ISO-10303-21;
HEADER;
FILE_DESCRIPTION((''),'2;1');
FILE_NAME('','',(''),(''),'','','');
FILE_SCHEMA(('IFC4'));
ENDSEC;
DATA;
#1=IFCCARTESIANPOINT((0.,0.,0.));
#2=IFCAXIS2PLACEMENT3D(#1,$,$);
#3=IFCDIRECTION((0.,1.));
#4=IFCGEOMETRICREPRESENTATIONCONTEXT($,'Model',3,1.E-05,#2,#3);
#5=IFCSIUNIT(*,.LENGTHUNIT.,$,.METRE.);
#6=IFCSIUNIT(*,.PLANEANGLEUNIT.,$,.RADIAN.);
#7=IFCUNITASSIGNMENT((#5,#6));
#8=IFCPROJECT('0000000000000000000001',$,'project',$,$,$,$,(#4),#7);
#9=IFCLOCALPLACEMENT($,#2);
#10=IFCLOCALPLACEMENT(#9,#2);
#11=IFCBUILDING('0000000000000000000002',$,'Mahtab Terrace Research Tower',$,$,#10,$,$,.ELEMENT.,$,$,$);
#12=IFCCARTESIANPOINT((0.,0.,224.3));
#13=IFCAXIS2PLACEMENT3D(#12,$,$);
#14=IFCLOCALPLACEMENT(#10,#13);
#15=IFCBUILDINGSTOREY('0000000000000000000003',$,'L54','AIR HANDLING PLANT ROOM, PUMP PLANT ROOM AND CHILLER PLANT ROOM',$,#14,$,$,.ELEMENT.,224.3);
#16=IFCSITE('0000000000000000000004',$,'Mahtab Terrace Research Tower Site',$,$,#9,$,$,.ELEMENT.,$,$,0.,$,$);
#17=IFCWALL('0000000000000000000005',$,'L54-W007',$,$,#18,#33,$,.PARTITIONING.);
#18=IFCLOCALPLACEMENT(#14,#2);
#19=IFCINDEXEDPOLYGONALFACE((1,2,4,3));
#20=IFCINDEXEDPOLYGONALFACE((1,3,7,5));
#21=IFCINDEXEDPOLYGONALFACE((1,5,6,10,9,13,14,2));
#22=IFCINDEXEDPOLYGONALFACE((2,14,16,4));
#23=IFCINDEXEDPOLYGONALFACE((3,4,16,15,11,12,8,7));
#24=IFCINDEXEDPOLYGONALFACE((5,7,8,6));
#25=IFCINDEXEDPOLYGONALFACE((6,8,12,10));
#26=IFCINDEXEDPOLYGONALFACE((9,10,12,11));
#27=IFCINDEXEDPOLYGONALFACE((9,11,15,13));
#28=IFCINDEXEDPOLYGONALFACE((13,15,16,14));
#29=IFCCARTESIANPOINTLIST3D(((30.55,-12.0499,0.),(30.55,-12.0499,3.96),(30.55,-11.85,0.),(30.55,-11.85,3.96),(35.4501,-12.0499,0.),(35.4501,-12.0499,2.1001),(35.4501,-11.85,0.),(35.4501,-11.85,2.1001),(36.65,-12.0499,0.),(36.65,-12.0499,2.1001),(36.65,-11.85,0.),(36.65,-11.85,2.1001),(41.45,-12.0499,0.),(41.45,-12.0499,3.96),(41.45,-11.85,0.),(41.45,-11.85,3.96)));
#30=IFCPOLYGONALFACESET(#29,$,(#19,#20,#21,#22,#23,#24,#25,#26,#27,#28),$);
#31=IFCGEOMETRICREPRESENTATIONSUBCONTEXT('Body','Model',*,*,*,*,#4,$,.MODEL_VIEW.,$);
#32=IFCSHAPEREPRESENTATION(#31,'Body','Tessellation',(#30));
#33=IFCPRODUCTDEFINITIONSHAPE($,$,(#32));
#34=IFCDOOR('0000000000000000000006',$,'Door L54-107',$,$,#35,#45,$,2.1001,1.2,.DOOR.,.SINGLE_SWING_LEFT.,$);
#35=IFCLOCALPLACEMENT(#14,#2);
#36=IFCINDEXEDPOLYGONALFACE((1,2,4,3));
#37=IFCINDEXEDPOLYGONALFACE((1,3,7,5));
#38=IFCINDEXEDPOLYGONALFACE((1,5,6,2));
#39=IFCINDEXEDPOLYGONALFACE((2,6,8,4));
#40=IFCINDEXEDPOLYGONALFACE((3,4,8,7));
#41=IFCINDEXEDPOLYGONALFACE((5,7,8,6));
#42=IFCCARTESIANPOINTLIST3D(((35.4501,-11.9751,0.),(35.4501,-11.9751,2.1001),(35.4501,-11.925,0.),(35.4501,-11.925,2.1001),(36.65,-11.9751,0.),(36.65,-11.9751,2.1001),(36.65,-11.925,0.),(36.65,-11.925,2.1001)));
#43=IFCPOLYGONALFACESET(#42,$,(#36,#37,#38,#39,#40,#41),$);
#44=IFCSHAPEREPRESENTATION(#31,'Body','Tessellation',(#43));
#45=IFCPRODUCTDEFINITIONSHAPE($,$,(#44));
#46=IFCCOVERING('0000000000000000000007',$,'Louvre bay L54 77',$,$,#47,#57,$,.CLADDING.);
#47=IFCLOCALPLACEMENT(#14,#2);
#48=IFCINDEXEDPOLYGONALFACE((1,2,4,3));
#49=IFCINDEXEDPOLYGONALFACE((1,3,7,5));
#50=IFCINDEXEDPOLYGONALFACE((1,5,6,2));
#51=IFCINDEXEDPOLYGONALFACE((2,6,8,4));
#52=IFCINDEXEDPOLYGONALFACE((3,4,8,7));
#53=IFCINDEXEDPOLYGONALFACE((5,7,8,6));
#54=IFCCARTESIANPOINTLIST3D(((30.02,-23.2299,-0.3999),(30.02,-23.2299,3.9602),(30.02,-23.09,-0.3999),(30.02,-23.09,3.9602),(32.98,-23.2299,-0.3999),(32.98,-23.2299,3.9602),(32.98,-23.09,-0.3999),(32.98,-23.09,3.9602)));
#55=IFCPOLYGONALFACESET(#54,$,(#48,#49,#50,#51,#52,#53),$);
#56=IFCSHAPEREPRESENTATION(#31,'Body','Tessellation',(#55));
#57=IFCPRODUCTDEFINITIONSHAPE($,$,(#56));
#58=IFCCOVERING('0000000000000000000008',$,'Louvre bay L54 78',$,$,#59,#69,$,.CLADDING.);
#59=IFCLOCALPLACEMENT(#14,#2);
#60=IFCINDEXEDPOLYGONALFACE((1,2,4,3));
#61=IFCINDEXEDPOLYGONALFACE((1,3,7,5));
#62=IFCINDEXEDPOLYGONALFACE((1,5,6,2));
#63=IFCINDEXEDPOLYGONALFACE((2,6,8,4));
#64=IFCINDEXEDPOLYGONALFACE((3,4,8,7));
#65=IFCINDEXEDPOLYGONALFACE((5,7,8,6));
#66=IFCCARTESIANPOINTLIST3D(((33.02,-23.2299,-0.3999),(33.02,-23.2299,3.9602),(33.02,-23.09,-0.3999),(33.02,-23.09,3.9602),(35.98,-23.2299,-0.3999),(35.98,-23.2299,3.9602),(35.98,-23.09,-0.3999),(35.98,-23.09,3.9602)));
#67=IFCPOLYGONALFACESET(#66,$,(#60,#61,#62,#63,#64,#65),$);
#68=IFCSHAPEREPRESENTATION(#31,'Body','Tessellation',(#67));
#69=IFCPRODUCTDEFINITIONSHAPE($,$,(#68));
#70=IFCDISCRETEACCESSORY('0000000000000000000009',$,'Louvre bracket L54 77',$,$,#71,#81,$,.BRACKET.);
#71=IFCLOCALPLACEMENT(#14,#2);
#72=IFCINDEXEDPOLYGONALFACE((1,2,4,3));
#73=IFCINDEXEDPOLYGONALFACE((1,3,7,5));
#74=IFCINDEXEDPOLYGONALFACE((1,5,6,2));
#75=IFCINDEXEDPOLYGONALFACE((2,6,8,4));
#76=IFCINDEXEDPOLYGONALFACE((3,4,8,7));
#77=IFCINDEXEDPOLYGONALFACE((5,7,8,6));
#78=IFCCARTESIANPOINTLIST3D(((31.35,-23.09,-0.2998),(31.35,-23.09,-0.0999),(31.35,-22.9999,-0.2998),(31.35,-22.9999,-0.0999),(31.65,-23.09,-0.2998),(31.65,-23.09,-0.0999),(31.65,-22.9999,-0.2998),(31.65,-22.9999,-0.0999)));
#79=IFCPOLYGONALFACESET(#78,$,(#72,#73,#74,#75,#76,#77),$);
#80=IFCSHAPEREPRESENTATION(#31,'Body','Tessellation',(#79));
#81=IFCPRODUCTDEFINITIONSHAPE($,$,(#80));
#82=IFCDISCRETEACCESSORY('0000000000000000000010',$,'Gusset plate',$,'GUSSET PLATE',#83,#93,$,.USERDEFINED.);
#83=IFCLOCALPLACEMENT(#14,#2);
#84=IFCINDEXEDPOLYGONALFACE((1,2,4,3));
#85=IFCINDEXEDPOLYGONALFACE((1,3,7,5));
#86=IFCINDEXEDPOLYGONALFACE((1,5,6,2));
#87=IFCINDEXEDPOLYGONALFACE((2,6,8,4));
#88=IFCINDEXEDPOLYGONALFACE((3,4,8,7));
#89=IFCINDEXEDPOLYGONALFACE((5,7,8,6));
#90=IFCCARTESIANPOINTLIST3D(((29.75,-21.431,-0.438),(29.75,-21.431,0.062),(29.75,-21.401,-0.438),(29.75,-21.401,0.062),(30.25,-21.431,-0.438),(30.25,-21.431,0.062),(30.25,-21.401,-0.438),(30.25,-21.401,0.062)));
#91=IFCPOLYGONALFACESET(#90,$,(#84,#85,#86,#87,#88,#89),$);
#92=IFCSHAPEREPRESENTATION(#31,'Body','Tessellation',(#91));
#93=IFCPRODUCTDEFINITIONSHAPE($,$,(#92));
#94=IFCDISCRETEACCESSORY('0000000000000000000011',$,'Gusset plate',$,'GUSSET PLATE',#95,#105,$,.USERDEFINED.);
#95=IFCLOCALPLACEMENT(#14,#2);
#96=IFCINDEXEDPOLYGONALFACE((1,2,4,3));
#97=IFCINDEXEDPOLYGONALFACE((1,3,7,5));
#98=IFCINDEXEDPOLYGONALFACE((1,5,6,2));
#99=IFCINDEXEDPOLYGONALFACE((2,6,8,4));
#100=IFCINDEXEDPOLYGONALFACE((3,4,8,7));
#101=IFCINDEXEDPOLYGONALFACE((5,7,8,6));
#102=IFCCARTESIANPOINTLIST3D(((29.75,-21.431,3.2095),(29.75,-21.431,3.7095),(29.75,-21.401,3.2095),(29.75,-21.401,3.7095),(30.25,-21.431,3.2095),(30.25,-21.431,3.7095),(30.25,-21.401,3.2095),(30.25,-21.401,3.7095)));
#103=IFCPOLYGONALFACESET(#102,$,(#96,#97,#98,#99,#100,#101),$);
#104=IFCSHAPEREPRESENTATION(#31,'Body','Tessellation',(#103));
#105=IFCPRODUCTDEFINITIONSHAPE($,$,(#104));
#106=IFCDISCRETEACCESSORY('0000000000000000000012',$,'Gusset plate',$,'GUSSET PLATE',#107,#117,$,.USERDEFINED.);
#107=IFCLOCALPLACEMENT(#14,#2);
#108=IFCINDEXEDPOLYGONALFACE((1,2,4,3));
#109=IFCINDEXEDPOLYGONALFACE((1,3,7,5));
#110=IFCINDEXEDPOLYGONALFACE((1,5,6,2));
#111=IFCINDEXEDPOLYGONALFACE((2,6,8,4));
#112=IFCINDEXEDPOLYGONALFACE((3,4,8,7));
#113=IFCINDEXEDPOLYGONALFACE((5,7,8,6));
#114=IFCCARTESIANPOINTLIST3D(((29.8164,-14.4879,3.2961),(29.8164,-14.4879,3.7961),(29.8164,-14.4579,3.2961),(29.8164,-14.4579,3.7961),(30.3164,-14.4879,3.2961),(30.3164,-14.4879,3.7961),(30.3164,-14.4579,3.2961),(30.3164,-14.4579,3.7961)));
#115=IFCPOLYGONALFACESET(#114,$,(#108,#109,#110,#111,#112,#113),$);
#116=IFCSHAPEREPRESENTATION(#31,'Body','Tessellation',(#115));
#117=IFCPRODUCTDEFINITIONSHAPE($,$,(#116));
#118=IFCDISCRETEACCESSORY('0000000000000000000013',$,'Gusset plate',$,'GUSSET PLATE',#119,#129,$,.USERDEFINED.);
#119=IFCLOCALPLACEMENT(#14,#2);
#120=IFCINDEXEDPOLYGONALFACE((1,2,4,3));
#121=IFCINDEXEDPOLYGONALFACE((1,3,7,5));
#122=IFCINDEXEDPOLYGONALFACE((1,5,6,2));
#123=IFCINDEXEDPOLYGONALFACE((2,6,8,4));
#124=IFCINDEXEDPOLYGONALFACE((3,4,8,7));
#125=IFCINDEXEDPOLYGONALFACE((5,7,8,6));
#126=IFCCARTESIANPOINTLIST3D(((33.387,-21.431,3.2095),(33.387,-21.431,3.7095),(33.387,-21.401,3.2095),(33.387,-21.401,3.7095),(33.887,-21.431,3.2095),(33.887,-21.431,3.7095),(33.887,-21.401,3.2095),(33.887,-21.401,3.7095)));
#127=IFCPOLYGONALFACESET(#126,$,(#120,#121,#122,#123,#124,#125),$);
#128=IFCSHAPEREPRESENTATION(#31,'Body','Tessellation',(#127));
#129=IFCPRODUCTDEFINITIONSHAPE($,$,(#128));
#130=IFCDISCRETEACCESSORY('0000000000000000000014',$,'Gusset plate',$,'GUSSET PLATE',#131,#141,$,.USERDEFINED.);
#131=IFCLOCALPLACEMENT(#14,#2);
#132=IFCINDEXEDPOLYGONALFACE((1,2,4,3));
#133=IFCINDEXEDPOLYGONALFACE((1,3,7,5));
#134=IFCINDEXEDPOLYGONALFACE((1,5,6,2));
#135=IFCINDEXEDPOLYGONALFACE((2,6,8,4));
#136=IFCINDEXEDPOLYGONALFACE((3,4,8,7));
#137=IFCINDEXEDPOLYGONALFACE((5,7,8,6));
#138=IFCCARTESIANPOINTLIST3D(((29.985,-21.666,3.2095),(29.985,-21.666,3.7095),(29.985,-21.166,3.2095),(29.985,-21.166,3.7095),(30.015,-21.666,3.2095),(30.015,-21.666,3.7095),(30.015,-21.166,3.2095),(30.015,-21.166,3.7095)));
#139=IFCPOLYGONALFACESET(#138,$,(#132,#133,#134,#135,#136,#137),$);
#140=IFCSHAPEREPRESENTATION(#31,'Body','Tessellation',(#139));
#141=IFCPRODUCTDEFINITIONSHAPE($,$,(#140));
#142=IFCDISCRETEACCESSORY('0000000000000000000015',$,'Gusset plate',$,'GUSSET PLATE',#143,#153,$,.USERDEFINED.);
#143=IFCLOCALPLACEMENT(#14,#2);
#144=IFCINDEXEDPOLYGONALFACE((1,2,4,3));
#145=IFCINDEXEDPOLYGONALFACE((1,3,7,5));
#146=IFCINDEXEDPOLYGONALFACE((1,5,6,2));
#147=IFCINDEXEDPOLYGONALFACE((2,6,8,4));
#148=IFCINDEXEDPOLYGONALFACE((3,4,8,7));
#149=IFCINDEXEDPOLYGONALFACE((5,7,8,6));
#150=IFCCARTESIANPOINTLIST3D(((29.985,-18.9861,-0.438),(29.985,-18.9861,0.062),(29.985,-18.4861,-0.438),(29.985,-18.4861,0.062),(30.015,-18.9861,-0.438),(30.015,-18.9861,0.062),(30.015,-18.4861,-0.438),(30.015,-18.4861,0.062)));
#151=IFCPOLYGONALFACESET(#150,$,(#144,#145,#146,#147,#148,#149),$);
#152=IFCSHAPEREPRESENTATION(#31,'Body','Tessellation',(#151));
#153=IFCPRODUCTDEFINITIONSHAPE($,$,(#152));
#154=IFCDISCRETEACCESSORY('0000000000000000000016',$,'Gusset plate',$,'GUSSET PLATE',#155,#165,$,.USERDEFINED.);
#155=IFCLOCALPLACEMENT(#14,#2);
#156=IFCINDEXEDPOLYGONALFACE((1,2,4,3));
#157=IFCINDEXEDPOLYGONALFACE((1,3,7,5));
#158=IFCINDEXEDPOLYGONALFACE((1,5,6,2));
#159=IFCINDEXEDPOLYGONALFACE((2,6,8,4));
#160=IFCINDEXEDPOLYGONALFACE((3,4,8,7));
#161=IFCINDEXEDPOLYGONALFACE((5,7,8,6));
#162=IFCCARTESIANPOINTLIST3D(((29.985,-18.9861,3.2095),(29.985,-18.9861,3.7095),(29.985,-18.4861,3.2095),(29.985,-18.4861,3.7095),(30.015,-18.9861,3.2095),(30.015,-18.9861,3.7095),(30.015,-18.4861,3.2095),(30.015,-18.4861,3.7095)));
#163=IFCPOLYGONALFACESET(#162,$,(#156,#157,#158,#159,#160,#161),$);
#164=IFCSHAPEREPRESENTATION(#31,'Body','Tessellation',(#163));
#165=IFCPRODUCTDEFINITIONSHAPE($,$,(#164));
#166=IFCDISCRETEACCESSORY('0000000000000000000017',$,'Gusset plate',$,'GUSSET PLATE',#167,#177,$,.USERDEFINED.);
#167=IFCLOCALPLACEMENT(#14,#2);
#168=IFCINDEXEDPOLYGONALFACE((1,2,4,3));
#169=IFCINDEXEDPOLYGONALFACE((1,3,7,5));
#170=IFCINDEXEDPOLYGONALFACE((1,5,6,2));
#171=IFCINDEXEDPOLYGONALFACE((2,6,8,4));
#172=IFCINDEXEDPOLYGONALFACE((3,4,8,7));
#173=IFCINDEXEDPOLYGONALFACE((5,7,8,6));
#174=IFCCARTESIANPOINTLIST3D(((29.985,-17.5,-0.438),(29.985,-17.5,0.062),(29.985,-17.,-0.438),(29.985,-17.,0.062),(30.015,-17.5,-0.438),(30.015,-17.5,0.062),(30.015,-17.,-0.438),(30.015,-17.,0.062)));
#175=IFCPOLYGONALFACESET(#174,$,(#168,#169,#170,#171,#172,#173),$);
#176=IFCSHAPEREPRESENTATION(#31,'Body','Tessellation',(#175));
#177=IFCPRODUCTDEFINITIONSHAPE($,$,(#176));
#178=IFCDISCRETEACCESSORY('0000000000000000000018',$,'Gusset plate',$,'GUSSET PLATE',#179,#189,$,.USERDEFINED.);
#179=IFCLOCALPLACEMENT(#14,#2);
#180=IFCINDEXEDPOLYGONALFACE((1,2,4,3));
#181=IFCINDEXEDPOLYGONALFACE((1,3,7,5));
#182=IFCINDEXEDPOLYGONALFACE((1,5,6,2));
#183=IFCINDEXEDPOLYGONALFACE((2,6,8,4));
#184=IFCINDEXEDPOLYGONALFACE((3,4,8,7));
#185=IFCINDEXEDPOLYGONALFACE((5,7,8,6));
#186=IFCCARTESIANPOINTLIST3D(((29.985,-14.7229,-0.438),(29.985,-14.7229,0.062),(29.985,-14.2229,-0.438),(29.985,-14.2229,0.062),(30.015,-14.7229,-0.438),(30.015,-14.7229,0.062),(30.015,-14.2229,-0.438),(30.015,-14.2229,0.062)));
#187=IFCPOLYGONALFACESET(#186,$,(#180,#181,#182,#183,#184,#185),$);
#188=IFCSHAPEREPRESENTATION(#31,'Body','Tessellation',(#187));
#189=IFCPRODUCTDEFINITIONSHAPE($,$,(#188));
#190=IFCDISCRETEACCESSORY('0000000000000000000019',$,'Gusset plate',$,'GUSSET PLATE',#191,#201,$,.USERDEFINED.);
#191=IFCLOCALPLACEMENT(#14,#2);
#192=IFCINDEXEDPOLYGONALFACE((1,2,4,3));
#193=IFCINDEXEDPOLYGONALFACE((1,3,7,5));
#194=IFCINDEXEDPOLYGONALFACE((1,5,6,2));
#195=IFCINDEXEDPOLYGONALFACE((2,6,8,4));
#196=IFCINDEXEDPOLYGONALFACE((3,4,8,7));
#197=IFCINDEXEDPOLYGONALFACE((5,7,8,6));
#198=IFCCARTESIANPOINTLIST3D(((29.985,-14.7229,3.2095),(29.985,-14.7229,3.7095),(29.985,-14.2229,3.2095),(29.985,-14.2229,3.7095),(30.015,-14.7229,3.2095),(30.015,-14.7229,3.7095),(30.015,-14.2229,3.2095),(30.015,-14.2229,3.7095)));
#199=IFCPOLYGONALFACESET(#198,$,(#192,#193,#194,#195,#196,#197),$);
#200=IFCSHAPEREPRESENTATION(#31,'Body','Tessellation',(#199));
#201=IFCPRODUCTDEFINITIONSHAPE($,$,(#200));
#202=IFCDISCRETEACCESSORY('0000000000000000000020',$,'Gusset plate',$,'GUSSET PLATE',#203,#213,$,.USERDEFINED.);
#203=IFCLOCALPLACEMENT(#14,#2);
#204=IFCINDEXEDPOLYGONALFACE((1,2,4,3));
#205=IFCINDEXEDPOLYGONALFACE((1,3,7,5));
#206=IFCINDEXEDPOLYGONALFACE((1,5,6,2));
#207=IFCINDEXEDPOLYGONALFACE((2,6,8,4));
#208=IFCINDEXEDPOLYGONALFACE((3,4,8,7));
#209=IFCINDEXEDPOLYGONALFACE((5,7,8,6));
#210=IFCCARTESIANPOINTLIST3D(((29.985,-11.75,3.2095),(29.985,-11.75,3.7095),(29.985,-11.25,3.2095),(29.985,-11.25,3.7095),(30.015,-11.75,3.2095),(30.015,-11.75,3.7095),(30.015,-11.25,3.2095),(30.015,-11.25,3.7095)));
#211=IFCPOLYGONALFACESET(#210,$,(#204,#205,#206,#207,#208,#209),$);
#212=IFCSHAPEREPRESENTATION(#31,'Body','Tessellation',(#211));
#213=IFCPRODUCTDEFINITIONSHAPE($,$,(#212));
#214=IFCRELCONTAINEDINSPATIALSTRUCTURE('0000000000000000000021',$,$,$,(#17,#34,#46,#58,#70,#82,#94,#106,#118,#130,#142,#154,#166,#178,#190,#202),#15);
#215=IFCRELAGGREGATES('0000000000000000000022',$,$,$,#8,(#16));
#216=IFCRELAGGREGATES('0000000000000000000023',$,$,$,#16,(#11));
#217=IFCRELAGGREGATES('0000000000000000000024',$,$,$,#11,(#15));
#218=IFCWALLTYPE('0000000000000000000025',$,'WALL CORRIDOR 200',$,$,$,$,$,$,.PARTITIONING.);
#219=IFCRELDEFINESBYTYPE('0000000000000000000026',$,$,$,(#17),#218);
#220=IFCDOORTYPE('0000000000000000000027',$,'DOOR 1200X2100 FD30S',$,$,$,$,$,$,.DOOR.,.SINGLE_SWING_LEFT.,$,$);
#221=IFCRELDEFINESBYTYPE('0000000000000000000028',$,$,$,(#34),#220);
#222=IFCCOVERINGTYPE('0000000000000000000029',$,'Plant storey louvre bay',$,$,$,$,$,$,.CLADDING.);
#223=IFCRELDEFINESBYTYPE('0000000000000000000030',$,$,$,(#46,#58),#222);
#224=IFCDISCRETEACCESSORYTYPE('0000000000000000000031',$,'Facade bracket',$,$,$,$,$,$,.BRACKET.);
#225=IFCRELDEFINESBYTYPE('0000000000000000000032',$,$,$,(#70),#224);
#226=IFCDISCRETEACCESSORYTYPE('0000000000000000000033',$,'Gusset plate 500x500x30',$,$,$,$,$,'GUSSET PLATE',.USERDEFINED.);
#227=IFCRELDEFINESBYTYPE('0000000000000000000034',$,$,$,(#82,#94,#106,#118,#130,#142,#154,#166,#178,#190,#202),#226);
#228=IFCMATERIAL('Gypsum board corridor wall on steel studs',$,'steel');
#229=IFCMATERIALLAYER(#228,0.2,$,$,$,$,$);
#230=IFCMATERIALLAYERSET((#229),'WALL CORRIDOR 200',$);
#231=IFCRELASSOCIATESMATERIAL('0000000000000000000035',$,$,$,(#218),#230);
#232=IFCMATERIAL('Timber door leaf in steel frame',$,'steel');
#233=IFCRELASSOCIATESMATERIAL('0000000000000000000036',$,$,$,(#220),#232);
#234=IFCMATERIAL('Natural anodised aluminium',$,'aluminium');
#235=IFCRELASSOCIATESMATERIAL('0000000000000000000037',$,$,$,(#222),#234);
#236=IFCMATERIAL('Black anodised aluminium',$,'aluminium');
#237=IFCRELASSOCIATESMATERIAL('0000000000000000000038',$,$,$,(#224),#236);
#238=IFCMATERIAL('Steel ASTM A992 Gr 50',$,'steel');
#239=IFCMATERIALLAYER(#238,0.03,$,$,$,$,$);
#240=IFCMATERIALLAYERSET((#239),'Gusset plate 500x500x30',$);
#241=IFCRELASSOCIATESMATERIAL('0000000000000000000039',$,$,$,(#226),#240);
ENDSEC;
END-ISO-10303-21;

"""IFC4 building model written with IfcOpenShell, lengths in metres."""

from ifc_helpers import new_model, si_unit, direction, frame, frame_2d, origin, origin_2d, place, context, subcontext, project, spatial, rectangle, extrude, material, layer, layer_set, type_object, element, fill, save


model = new_model("IFC4")

# Units and contexts
model_context = context("Model", 3, precision=1e-05, world=origin(), true_north=direction((0.0, 1.0)))
body_context = subcontext(model_context, "Body", "Model", "MODEL_VIEW")
ifc_project = project(units=[si_unit("LENGTHUNIT", "METRE"), si_unit("PLANEANGLEUNIT", "RADIAN")], contexts=[model_context])

# Site, building, storey
site_placement = place(None, origin())
site = spatial("IfcSite", under=ifc_project, at=site_placement, Name="Mahtab Terrace Research Tower Site", CompositionType="ELEMENT", RefElevation=0.0)
building_placement = place(site_placement, origin())
building = spatial("IfcBuilding", under=site, at=building_placement, Name="Mahtab Terrace Research Tower", CompositionType="ELEMENT")
storey_placement = place(building_placement, frame((0.0, 0.0, 224.3)))
storey = spatial("IfcBuildingStorey", under=building, at=storey_placement, Name="L54", Description="AIR HANDLING PLANT ROOM, PUMP PLANT ROOM AND CHILLER PLANT ROOM", CompositionType="ELEMENT", Elevation=224.3)

# Shared definitions
ifc_material_1 = material(Name="Steel ASTM A992 Gr 50", Category="steel")

# Wall, opening, door
ifc_material_2 = material(Name="Gypsum board corridor wall on steel studs", Category="steel")
ifc_layer_1 = layer(ifc_material_2, 0.2)
ifc_layer_set_1 = layer_set([ifc_layer_1], Name="WALL CORRIDOR 200")
wall_type = type_object("IfcWallType", Name="WALL CORRIDOR 200", PredefinedType="PARTITIONING", material=ifc_layer_set_1)
wall_placement = place(storey_placement, frame((30.55, -11.95, 0.0), z_axis=(0.0, 0.0, 1.0), x_axis=(1.0, 0.0, 0.0)))
wall = element("IfcWall", 1, at=wall_placement, inside=storey, type_object=wall_type, Name="L54-W007", PredefinedType="PARTITIONING", context=body_context, shape_type="SweptSolid", body=[
    extrude(rectangle(XDim=10.8999, YDim=0.2, at=frame_2d((5.45, 0.0))), origin(), (0.0, 0.0, 1.0), 3.96),
])
opening_placement = place(wall_placement, frame((4.8999, 0.0, 0.0)))
opening = element("IfcOpeningElement", 2, at=opening_placement, cuts=wall, PredefinedType="OPENING", context=body_context, shape_type="SweptSolid", body=[
    extrude(rectangle(XDim=1.2, YDim=2.1001, at=frame_2d((0.6001, 1.05))), frame((0.0, 0.1099, 0.0), z_axis=(0.0, -1.0, 0.0), x_axis=(1.0, 0.0, 0.0)), (0.0, 0.0, 1.0), 0.22),
])
ifc_material_3 = material(Name="Timber door leaf in steel frame", Category="steel")
door_type = type_object("IfcDoorType", Name="DOOR 1200X2100 FD30S", OperationType="SINGLE_SWING_LEFT", PredefinedType="DOOR", material=ifc_material_3)
door_placement = place(opening_placement, origin())
door = element("IfcDoor", 3, at=door_placement, inside=storey, type_object=door_type, Name="Door L54-107", OperationType="SINGLE_SWING_LEFT", OverallHeight=2.1001, OverallWidth=1.2, PredefinedType="DOOR", context=body_context, shape_type="SweptSolid", body=[
    extrude(rectangle(XDim=1.2, YDim=2.1001, at=frame_2d((0.6001, 1.05))), frame((0.0, 0.0249, 0.0), z_axis=(0.0, -1.0, 0.0), x_axis=(1.0, 0.0, 0.0)), (0.0, 0.0, 1.0), 0.05),
])
fill(opening, door)

# Coverings
ifc_material_4 = material(Name="Natural anodised aluminium", Category="aluminium")
covering_type = type_object("IfcCoveringType", Name="Plant storey louvre bay", PredefinedType="CLADDING", material=ifc_material_4)
for number, where, z_axis, x_axis, name in (
    (4, (31.5, -23.1599, -0.3999), (0.0, 0.0, 1.0), (1.0, 0.0, 0.0), "Louvre bay L54 77"),
    (5, (34.5, -23.1599, -0.3999), (0.0, 0.0, 1.0), (1.0, 0.0, 0.0), "Louvre bay L54 78"),
):
    element("IfcCovering", number, at=place(storey_placement, frame(where, z_axis=z_axis, x_axis=x_axis)), inside=storey, type_object=covering_type, Name=name, PredefinedType="CLADDING", context=body_context, shape_type="SweptSolid", body=[
        extrude(rectangle(XDim=2.96, YDim=0.1399, at=origin_2d()), origin(), (0.0, 0.0, 1.0), 4.3601),
    ])

# Discrete accessories
ifc_material_5 = material(Name="Black anodised aluminium", Category="aluminium")
discrete_accessory_type_1 = type_object("IfcDiscreteAccessoryType", Name="Facade bracket", PredefinedType="BRACKET", material=ifc_material_5)
discrete_accessory_placement = place(storey_placement, frame((31.5, -23.0449, -0.2998), z_axis=(0.0, 0.0, 1.0), x_axis=(1.0, 0.0, 0.0)))
element("IfcDiscreteAccessory", 6, at=discrete_accessory_placement, inside=storey, type_object=discrete_accessory_type_1, Name="Louvre bracket L54 77", PredefinedType="BRACKET", context=body_context, shape_type="SweptSolid", body=[
    extrude(rectangle(XDim=0.3, YDim=0.0901, at=origin_2d()), origin(), (0.0, 0.0, 1.0), 0.2),
])
ifc_layer_2 = layer(ifc_material_1, 0.03)
ifc_layer_set_2 = layer_set([ifc_layer_2], Name="Gusset plate 500x500x30")
discrete_accessory_type_2 = type_object("IfcDiscreteAccessoryType", Name="Gusset plate 500x500x30", ElementType="GUSSET PLATE", PredefinedType="USERDEFINED", material=ifc_layer_set_2)
for number, where, z_axis, x_axis, name in (
    (7, (30.0, -21.416, -0.438), (0.0, 0.0, 1.0), (1.0, 0.0, 0.0), "Gusset plate"),
    (8, (30.0, -21.416, 3.2095), (0.0, 0.0, 1.0), (1.0, 0.0, 0.0), "Gusset plate"),
    (9, (30.0664, -14.4729, 3.2961), (0.0, 0.0, 1.0), (1.0, 0.0, 0.0), "Gusset plate"),
    (10, (33.637, -21.416, 3.2095), (0.0, 0.0, 1.0), (1.0, 0.0, 0.0), "Gusset plate"),
    (11, (30.0, -21.416, 3.2095), (0.0, 0.0, 1.0), (0.0, 1.0, 0.0), "Gusset plate"),
    (12, (30.0, -18.7361, -0.438), (0.0, 0.0, 1.0), (0.0, 1.0, 0.0), "Gusset plate"),
    (13, (30.0, -18.7361, 3.2095), (0.0, 0.0, 1.0), (0.0, 1.0, 0.0), "Gusset plate"),
    (14, (30.0, -17.25, -0.438), (0.0, 0.0, 1.0), (0.0, 1.0, 0.0), "Gusset plate"),
    (15, (30.0, -14.4729, -0.438), (0.0, 0.0, 1.0), (0.0, 1.0, 0.0), "Gusset plate"),
    (16, (30.0, -14.4729, 3.2095), (0.0, 0.0, 1.0), (0.0, 1.0, 0.0), "Gusset plate"),
    (17, (30.0, -11.5, 3.2095), (0.0, 0.0, 1.0), (0.0, 1.0, 0.0), "Gusset plate"),
):
    element("IfcDiscreteAccessory", number, at=place(storey_placement, frame(where, z_axis=z_axis, x_axis=x_axis)), inside=storey, type_object=discrete_accessory_type_2, Name=name, ObjectType="GUSSET PLATE", PredefinedType="USERDEFINED", context=body_context, shape_type="SweptSolid", body=[
        extrude(rectangle(XDim=0.5, YDim=0.03, at=origin_2d()), origin(), (0.0, 0.0, 1.0), 0.5),
    ])

save(model, "model.ifc")
